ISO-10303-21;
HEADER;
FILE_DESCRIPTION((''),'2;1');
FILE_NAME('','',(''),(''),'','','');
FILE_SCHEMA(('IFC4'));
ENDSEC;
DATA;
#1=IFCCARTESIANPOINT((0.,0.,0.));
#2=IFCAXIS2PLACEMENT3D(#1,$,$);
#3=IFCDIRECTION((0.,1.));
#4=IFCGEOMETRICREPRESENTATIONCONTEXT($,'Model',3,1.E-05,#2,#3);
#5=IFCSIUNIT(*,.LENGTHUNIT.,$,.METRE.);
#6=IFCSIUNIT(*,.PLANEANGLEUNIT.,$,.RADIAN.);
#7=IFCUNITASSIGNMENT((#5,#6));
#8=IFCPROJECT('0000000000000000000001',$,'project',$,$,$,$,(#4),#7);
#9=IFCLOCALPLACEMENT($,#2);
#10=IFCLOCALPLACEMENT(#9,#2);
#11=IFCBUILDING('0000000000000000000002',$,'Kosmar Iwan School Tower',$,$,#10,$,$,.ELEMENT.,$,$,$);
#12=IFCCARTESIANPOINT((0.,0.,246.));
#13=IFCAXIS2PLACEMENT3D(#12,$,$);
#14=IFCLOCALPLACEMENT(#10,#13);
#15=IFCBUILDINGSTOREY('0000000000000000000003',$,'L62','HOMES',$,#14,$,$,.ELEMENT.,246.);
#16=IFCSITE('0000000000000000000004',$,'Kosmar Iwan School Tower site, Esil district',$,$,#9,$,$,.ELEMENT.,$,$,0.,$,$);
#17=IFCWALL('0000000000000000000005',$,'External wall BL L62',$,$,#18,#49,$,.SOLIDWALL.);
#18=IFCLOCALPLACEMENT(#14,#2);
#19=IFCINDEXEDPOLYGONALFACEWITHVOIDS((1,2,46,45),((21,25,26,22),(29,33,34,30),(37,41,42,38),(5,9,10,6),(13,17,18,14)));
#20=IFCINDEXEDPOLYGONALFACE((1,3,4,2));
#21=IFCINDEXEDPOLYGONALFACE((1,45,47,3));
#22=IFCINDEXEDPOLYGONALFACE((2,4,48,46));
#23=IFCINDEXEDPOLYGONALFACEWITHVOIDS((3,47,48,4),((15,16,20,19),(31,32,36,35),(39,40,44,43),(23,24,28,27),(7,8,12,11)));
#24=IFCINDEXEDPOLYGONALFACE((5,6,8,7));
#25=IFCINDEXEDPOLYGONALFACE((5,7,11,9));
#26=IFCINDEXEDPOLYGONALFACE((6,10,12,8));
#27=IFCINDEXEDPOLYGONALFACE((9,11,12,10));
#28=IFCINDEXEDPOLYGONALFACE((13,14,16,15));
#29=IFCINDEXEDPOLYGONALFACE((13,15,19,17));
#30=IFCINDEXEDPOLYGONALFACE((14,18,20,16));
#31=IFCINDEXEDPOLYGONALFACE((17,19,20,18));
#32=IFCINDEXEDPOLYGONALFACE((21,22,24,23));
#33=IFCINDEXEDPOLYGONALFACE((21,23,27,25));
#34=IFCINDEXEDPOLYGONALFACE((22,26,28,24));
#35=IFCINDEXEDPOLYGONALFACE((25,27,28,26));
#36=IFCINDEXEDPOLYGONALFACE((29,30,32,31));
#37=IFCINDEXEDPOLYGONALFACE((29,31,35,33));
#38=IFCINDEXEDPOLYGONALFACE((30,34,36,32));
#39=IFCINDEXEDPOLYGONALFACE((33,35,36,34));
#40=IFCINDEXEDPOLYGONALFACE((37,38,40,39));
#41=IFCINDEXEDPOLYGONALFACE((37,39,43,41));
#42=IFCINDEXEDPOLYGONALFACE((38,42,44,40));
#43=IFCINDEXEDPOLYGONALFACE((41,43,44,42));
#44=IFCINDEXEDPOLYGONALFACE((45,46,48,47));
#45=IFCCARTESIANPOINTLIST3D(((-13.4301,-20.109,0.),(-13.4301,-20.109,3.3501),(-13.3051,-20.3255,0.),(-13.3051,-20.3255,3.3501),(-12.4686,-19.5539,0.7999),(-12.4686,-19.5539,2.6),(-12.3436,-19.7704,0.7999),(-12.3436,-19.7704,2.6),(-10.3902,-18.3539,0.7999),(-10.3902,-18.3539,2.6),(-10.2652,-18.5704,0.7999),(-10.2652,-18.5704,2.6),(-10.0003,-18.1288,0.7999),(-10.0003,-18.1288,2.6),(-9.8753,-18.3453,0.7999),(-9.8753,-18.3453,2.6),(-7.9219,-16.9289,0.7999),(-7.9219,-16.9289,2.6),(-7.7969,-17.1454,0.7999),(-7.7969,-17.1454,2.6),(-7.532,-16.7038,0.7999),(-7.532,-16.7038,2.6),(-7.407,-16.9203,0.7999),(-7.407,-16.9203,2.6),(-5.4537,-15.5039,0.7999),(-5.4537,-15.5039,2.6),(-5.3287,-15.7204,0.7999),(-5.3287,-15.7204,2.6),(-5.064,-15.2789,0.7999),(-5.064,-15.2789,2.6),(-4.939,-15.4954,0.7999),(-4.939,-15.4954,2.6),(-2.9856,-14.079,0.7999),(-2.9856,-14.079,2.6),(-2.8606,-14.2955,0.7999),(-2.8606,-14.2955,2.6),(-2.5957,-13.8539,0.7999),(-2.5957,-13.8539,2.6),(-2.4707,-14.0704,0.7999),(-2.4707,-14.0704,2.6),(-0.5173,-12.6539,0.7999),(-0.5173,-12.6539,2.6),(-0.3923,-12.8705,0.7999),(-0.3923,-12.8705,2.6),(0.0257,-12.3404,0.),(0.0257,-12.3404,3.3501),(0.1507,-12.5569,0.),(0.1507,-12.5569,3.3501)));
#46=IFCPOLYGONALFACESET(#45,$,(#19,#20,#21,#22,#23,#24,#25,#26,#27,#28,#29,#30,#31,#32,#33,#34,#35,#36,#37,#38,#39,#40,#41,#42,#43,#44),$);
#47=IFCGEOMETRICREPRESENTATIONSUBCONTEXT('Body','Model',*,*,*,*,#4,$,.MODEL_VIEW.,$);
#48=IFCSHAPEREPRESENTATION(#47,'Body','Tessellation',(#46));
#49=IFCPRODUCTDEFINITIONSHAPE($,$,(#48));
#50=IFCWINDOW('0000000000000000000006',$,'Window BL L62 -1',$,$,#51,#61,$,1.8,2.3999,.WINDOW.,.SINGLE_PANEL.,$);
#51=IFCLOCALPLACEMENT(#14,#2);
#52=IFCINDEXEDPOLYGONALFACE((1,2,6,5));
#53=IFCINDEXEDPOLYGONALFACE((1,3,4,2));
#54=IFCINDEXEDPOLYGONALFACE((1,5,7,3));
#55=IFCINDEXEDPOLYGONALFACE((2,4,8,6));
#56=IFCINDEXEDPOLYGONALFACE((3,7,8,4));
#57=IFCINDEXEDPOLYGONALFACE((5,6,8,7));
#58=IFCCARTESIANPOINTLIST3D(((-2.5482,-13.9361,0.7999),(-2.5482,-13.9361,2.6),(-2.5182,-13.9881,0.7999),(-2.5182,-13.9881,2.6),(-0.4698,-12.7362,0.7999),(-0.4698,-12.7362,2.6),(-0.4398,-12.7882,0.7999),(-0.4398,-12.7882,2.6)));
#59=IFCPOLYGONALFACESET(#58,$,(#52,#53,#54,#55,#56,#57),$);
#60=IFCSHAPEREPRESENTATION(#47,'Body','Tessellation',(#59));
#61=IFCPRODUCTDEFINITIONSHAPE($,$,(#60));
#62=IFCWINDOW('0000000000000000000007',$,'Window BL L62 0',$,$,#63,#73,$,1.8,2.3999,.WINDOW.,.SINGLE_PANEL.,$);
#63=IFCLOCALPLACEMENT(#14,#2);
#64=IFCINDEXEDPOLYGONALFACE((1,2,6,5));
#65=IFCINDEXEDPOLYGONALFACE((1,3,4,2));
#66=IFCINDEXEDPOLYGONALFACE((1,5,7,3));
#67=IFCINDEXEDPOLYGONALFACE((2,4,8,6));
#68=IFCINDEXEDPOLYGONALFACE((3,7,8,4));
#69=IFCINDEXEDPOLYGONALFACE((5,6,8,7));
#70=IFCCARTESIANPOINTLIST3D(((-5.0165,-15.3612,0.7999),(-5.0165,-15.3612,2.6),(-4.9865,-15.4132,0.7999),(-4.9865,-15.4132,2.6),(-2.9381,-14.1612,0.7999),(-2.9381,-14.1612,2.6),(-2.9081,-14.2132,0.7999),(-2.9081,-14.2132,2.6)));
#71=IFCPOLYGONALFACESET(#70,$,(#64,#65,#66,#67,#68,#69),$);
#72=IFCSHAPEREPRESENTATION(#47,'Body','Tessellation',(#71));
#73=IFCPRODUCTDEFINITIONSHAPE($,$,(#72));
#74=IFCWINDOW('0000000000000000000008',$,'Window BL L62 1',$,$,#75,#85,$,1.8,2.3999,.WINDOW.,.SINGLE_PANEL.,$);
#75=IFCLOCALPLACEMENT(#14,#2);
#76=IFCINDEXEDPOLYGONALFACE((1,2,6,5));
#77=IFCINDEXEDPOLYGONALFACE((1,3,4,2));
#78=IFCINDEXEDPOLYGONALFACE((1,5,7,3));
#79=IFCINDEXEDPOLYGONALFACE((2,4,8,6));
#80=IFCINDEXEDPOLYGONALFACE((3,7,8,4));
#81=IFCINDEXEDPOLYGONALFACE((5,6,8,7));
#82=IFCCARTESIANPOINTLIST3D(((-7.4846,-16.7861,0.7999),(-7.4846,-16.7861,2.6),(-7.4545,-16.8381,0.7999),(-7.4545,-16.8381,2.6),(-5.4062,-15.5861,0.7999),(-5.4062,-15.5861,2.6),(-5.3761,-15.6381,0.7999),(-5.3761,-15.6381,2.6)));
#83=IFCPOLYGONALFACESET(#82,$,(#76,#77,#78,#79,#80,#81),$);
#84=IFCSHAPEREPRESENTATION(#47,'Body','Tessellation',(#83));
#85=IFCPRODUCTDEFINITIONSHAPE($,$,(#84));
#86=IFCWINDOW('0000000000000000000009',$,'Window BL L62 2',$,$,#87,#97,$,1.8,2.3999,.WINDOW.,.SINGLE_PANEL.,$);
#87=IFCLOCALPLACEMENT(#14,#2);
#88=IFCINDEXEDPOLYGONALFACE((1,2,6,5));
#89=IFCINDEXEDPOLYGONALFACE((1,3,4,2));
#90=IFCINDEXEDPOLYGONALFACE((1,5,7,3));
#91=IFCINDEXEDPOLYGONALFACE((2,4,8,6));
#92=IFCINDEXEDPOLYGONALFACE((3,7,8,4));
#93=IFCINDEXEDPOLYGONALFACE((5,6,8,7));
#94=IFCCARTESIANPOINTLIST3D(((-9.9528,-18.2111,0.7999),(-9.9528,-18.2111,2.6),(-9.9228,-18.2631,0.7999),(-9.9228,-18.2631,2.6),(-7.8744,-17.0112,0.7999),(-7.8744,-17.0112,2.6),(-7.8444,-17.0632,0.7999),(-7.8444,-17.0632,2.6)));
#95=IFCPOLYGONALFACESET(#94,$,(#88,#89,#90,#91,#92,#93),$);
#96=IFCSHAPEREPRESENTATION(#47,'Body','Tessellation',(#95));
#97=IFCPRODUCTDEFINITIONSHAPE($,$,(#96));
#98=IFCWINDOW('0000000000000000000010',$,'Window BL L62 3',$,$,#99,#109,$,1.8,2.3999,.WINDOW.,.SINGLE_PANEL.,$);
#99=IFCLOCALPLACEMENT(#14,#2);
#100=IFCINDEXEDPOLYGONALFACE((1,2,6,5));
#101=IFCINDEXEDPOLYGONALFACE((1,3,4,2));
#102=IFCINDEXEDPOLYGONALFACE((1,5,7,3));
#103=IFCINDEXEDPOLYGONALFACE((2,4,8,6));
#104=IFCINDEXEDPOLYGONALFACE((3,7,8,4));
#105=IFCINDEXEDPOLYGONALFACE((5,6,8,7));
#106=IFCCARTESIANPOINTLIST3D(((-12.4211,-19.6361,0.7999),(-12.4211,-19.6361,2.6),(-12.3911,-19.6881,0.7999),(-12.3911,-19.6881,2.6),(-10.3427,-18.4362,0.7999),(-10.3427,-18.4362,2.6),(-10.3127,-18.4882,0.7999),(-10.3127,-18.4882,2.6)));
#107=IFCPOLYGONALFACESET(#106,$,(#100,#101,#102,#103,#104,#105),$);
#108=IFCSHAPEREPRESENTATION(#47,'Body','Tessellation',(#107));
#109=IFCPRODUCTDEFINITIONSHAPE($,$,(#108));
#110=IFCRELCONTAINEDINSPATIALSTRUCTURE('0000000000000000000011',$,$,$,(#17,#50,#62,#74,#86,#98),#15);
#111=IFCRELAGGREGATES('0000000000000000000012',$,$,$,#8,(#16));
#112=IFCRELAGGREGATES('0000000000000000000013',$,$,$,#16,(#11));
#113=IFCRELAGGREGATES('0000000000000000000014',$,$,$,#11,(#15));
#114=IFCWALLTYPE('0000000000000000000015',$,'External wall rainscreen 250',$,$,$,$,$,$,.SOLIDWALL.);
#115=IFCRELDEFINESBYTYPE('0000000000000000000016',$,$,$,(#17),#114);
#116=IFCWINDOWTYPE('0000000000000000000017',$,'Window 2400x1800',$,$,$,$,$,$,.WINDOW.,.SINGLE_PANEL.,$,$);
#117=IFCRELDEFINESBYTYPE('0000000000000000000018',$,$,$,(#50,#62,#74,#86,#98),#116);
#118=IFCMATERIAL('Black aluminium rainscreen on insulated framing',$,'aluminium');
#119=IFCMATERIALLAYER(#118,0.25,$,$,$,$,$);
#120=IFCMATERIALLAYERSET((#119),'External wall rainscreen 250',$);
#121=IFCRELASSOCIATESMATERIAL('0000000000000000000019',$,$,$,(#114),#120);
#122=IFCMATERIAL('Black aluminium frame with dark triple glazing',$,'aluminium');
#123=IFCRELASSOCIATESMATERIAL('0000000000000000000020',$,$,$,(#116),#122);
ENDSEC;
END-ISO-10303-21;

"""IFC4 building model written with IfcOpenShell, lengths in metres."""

from ifc_helpers import new_model, si_unit, direction, frame, frame_2d, origin, place, context, subcontext, project, spatial, rectangle, extrude, material, layer, layer_set, type_object, element, fill, save


model = new_model("IFC4")

# Units and contexts
model_context = context("Model", 3, precision=1e-05, world=origin(), true_north=direction((0.0, 1.0)))
body_context = subcontext(model_context, "Body", "Model", "MODEL_VIEW")
ifc_project = project(units=[si_unit("LENGTHUNIT", "METRE"), si_unit("PLANEANGLEUNIT", "RADIAN")], contexts=[model_context])

# Site, building, storey
site_placement = place(None, origin())
site = spatial("IfcSite", under=ifc_project, at=site_placement, Name="Kosmar Iwan School Tower site, Esil district", CompositionType="ELEMENT", RefElevation=0.0)
building_placement = place(site_placement, origin())
building = spatial("IfcBuilding", under=site, at=building_placement, Name="Kosmar Iwan School Tower", CompositionType="ELEMENT")
storey_placement = place(building_placement, frame((0.0, 0.0, 246.0)))
storey = spatial("IfcBuildingStorey", under=building, at=storey_placement, Name="L62", Description="HOMES", CompositionType="ELEMENT", Elevation=246.0)

# Wall, openings, windows
ifc_material_1 = material(Name="Black aluminium rainscreen on insulated framing", Category="aluminium")
ifc_layer_1 = layer(ifc_material_1, 0.25)
ifc_layer_set_1 = layer_set([ifc_layer_1], Name="External wall rainscreen 250")
wall_type_1 = type_object("IfcWallType", Name="External wall rainscreen 250", PredefinedType="SOLIDWALL", material=ifc_layer_set_1)
wall_1_placement = place(storey_placement, frame((0.0881, -12.4487, 0.0), z_axis=(0.0, 0.0, 1.0), x_axis=(-0.86603, -0.499992, 0.0)))
wall_1 = element("IfcWall", 1, at=wall_1_placement, inside=storey, type_object=wall_type_1, Name="External wall BL L62", PredefinedType="SOLIDWALL", context=body_context, shape_type="SweptSolid", body=[
    extrude(rectangle(XDim=15.5374, YDim=0.25, at=frame_2d((7.7686, 0.0))), origin(), (0.0, 0.0, 1.0), 3.3501),
])
opening_1_placement = place(wall_1_placement, frame((0.627, 0.0, 0.8)))
opening_1 = element("IfcOpeningElement", 2, at=opening_1_placement, cuts=wall_1, PredefinedType="OPENING", context=body_context, shape_type="SweptSolid", body=[
    extrude(rectangle(XDim=2.3999, YDim=1.8, at=frame_2d((1.2, 0.8999))), frame((0.0, 0.137, 0.0), z_axis=(0.0, -1.0, 0.0), x_axis=(1.0, 0.0, 0.0)), (0.0, 0.0, 1.0), 0.2739),
])
opening_2_placement = place(wall_1_placement, frame((3.4771, 0.0, 0.8)))
opening_2 = element("IfcOpeningElement", 3, at=opening_2_placement, cuts=wall_1, PredefinedType="OPENING", context=body_context, shape_type="SweptSolid", body=[
    extrude(rectangle(XDim=2.3999, YDim=1.8, at=frame_2d((1.2, 0.8999))), frame((0.0, 0.137, 0.0), z_axis=(0.0, -1.0, 0.0), x_axis=(1.0, 0.0, 0.0)), (0.0, 0.0, 1.0), 0.2739),
])
opening_3_placement = place(wall_1_placement, frame((6.3269, 0.0, 0.8)))
opening_3 = element("IfcOpeningElement", 4, at=opening_3_placement, cuts=wall_1, PredefinedType="OPENING", context=body_context, shape_type="SweptSolid", body=[
    extrude(rectangle(XDim=2.3999, YDim=1.8, at=frame_2d((1.2, 0.8999))), frame((0.0, 0.137, 0.0), z_axis=(0.0, -1.0, 0.0), x_axis=(1.0, 0.0, 0.0)), (0.0, 0.0, 1.0), 0.2739),
])
opening_4_placement = place(wall_1_placement, frame((9.177, 0.0, 0.8)))
opening_4 = element("IfcOpeningElement", 5, at=opening_4_placement, cuts=wall_1, PredefinedType="OPENING", context=body_context, shape_type="SweptSolid", body=[
    extrude(rectangle(XDim=2.3999, YDim=1.8, at=frame_2d((1.2, 0.8999))), frame((0.0, 0.137, 0.0), z_axis=(0.0, -1.0, 0.0), x_axis=(1.0, 0.0, 0.0)), (0.0, 0.0, 1.0), 0.2739),
])
opening_5_placement = place(wall_1_placement, frame((12.0271, 0.0, 0.8)))
opening_5 = element("IfcOpeningElement", 6, at=opening_5_placement, cuts=wall_1, PredefinedType="OPENING", context=body_context, shape_type="SweptSolid", body=[
    extrude(rectangle(XDim=2.3999, YDim=1.8, at=frame_2d((1.2, 0.8999))), frame((0.0, 0.137, 0.0), z_axis=(0.0, -1.0, 0.0), x_axis=(1.0, 0.0, 0.0)), (0.0, 0.0, 1.0), 0.2739),
])
ifc_material_2 = material(Name="Black aluminium frame with dark triple glazing", Category="aluminium")
window_type = type_object("IfcWindowType", Name="Window 2400x1800", PartitioningType="SINGLE_PANEL", PredefinedType="WINDOW", material=ifc_material_2)
window_1_placement = place(opening_1_placement, origin())
window_1 = element("IfcWindow", 7, at=window_1_placement, inside=storey, type_object=window_type, Name="Window BL L62 -1", OverallHeight=1.8, OverallWidth=2.3999, PartitioningType="SINGLE_PANEL", PredefinedType="WINDOW", context=body_context, shape_type="SweptSolid", body=[
    extrude(rectangle(XDim=2.3999, YDim=1.8, at=frame_2d((1.2, 0.8999))), frame((0.0, 0.03, 0.0), z_axis=(0.0, -1.0, 0.0), x_axis=(1.0, 0.0, 0.0)), (0.0, 0.0, 1.0), 0.0601),
])
fill(opening_1, window_1)
window_2_placement = place(opening_2_placement, origin())
window_2 = element("IfcWindow", 8, at=window_2_placement, inside=storey, type_object=window_type, Name="Window BL L62 0", OverallHeight=1.8, OverallWidth=2.3999, PartitioningType="SINGLE_PANEL", PredefinedType="WINDOW", context=body_context, shape_type="SweptSolid", body=[
    extrude(rectangle(XDim=2.3999, YDim=1.8, at=frame_2d((1.2, 0.8999))), frame((0.0, 0.03, 0.0), z_axis=(0.0, -1.0, 0.0), x_axis=(1.0, 0.0, 0.0)), (0.0, 0.0, 1.0), 0.0601),
])
fill(opening_2, window_2)
window_3_placement = place(opening_3_placement, origin())
window_3 = element("IfcWindow", 9, at=window_3_placement, inside=storey, type_object=window_type, Name="Window BL L62 1", OverallHeight=1.8, OverallWidth=2.3999, PartitioningType="SINGLE_PANEL", PredefinedType="WINDOW", context=body_context, shape_type="SweptSolid", body=[
    extrude(rectangle(XDim=2.3999, YDim=1.8, at=frame_2d((1.2, 0.8999))), frame((0.0, 0.03, 0.0), z_axis=(0.0, -1.0, 0.0), x_axis=(1.0, 0.0, 0.0)), (0.0, 0.0, 1.0), 0.0601),
])
fill(opening_3, window_3)
window_4_placement = place(opening_4_placement, origin())
window_4 = element("IfcWindow", 10, at=window_4_placement, inside=storey, type_object=window_type, Name="Window BL L62 2", OverallHeight=1.8, OverallWidth=2.3999, PartitioningType="SINGLE_PANEL", PredefinedType="WINDOW", context=body_context, shape_type="SweptSolid", body=[
    extrude(rectangle(XDim=2.3999, YDim=1.8, at=frame_2d((1.2, 0.8999))), frame((0.0, 0.03, 0.0), z_axis=(0.0, -1.0, 0.0), x_axis=(1.0, 0.0, 0.0)), (0.0, 0.0, 1.0), 0.0601),
])
fill(opening_4, window_4)
window_5_placement = place(opening_5_placement, origin())
window_5 = element("IfcWindow", 11, at=window_5_placement, inside=storey, type_object=window_type, Name="Window BL L62 3", OverallHeight=1.8, OverallWidth=2.3999, PartitioningType="SINGLE_PANEL", PredefinedType="WINDOW", context=body_context, shape_type="SweptSolid", body=[
    extrude(rectangle(XDim=2.3999, YDim=1.8, at=frame_2d((1.2, 0.8999))), frame((0.0, 0.03, 0.0), z_axis=(0.0, -1.0, 0.0), x_axis=(1.0, 0.0, 0.0)), (0.0, 0.0, 1.0), 0.0601),
])
fill(opening_5, window_5)

save(model, "model.ifc")
